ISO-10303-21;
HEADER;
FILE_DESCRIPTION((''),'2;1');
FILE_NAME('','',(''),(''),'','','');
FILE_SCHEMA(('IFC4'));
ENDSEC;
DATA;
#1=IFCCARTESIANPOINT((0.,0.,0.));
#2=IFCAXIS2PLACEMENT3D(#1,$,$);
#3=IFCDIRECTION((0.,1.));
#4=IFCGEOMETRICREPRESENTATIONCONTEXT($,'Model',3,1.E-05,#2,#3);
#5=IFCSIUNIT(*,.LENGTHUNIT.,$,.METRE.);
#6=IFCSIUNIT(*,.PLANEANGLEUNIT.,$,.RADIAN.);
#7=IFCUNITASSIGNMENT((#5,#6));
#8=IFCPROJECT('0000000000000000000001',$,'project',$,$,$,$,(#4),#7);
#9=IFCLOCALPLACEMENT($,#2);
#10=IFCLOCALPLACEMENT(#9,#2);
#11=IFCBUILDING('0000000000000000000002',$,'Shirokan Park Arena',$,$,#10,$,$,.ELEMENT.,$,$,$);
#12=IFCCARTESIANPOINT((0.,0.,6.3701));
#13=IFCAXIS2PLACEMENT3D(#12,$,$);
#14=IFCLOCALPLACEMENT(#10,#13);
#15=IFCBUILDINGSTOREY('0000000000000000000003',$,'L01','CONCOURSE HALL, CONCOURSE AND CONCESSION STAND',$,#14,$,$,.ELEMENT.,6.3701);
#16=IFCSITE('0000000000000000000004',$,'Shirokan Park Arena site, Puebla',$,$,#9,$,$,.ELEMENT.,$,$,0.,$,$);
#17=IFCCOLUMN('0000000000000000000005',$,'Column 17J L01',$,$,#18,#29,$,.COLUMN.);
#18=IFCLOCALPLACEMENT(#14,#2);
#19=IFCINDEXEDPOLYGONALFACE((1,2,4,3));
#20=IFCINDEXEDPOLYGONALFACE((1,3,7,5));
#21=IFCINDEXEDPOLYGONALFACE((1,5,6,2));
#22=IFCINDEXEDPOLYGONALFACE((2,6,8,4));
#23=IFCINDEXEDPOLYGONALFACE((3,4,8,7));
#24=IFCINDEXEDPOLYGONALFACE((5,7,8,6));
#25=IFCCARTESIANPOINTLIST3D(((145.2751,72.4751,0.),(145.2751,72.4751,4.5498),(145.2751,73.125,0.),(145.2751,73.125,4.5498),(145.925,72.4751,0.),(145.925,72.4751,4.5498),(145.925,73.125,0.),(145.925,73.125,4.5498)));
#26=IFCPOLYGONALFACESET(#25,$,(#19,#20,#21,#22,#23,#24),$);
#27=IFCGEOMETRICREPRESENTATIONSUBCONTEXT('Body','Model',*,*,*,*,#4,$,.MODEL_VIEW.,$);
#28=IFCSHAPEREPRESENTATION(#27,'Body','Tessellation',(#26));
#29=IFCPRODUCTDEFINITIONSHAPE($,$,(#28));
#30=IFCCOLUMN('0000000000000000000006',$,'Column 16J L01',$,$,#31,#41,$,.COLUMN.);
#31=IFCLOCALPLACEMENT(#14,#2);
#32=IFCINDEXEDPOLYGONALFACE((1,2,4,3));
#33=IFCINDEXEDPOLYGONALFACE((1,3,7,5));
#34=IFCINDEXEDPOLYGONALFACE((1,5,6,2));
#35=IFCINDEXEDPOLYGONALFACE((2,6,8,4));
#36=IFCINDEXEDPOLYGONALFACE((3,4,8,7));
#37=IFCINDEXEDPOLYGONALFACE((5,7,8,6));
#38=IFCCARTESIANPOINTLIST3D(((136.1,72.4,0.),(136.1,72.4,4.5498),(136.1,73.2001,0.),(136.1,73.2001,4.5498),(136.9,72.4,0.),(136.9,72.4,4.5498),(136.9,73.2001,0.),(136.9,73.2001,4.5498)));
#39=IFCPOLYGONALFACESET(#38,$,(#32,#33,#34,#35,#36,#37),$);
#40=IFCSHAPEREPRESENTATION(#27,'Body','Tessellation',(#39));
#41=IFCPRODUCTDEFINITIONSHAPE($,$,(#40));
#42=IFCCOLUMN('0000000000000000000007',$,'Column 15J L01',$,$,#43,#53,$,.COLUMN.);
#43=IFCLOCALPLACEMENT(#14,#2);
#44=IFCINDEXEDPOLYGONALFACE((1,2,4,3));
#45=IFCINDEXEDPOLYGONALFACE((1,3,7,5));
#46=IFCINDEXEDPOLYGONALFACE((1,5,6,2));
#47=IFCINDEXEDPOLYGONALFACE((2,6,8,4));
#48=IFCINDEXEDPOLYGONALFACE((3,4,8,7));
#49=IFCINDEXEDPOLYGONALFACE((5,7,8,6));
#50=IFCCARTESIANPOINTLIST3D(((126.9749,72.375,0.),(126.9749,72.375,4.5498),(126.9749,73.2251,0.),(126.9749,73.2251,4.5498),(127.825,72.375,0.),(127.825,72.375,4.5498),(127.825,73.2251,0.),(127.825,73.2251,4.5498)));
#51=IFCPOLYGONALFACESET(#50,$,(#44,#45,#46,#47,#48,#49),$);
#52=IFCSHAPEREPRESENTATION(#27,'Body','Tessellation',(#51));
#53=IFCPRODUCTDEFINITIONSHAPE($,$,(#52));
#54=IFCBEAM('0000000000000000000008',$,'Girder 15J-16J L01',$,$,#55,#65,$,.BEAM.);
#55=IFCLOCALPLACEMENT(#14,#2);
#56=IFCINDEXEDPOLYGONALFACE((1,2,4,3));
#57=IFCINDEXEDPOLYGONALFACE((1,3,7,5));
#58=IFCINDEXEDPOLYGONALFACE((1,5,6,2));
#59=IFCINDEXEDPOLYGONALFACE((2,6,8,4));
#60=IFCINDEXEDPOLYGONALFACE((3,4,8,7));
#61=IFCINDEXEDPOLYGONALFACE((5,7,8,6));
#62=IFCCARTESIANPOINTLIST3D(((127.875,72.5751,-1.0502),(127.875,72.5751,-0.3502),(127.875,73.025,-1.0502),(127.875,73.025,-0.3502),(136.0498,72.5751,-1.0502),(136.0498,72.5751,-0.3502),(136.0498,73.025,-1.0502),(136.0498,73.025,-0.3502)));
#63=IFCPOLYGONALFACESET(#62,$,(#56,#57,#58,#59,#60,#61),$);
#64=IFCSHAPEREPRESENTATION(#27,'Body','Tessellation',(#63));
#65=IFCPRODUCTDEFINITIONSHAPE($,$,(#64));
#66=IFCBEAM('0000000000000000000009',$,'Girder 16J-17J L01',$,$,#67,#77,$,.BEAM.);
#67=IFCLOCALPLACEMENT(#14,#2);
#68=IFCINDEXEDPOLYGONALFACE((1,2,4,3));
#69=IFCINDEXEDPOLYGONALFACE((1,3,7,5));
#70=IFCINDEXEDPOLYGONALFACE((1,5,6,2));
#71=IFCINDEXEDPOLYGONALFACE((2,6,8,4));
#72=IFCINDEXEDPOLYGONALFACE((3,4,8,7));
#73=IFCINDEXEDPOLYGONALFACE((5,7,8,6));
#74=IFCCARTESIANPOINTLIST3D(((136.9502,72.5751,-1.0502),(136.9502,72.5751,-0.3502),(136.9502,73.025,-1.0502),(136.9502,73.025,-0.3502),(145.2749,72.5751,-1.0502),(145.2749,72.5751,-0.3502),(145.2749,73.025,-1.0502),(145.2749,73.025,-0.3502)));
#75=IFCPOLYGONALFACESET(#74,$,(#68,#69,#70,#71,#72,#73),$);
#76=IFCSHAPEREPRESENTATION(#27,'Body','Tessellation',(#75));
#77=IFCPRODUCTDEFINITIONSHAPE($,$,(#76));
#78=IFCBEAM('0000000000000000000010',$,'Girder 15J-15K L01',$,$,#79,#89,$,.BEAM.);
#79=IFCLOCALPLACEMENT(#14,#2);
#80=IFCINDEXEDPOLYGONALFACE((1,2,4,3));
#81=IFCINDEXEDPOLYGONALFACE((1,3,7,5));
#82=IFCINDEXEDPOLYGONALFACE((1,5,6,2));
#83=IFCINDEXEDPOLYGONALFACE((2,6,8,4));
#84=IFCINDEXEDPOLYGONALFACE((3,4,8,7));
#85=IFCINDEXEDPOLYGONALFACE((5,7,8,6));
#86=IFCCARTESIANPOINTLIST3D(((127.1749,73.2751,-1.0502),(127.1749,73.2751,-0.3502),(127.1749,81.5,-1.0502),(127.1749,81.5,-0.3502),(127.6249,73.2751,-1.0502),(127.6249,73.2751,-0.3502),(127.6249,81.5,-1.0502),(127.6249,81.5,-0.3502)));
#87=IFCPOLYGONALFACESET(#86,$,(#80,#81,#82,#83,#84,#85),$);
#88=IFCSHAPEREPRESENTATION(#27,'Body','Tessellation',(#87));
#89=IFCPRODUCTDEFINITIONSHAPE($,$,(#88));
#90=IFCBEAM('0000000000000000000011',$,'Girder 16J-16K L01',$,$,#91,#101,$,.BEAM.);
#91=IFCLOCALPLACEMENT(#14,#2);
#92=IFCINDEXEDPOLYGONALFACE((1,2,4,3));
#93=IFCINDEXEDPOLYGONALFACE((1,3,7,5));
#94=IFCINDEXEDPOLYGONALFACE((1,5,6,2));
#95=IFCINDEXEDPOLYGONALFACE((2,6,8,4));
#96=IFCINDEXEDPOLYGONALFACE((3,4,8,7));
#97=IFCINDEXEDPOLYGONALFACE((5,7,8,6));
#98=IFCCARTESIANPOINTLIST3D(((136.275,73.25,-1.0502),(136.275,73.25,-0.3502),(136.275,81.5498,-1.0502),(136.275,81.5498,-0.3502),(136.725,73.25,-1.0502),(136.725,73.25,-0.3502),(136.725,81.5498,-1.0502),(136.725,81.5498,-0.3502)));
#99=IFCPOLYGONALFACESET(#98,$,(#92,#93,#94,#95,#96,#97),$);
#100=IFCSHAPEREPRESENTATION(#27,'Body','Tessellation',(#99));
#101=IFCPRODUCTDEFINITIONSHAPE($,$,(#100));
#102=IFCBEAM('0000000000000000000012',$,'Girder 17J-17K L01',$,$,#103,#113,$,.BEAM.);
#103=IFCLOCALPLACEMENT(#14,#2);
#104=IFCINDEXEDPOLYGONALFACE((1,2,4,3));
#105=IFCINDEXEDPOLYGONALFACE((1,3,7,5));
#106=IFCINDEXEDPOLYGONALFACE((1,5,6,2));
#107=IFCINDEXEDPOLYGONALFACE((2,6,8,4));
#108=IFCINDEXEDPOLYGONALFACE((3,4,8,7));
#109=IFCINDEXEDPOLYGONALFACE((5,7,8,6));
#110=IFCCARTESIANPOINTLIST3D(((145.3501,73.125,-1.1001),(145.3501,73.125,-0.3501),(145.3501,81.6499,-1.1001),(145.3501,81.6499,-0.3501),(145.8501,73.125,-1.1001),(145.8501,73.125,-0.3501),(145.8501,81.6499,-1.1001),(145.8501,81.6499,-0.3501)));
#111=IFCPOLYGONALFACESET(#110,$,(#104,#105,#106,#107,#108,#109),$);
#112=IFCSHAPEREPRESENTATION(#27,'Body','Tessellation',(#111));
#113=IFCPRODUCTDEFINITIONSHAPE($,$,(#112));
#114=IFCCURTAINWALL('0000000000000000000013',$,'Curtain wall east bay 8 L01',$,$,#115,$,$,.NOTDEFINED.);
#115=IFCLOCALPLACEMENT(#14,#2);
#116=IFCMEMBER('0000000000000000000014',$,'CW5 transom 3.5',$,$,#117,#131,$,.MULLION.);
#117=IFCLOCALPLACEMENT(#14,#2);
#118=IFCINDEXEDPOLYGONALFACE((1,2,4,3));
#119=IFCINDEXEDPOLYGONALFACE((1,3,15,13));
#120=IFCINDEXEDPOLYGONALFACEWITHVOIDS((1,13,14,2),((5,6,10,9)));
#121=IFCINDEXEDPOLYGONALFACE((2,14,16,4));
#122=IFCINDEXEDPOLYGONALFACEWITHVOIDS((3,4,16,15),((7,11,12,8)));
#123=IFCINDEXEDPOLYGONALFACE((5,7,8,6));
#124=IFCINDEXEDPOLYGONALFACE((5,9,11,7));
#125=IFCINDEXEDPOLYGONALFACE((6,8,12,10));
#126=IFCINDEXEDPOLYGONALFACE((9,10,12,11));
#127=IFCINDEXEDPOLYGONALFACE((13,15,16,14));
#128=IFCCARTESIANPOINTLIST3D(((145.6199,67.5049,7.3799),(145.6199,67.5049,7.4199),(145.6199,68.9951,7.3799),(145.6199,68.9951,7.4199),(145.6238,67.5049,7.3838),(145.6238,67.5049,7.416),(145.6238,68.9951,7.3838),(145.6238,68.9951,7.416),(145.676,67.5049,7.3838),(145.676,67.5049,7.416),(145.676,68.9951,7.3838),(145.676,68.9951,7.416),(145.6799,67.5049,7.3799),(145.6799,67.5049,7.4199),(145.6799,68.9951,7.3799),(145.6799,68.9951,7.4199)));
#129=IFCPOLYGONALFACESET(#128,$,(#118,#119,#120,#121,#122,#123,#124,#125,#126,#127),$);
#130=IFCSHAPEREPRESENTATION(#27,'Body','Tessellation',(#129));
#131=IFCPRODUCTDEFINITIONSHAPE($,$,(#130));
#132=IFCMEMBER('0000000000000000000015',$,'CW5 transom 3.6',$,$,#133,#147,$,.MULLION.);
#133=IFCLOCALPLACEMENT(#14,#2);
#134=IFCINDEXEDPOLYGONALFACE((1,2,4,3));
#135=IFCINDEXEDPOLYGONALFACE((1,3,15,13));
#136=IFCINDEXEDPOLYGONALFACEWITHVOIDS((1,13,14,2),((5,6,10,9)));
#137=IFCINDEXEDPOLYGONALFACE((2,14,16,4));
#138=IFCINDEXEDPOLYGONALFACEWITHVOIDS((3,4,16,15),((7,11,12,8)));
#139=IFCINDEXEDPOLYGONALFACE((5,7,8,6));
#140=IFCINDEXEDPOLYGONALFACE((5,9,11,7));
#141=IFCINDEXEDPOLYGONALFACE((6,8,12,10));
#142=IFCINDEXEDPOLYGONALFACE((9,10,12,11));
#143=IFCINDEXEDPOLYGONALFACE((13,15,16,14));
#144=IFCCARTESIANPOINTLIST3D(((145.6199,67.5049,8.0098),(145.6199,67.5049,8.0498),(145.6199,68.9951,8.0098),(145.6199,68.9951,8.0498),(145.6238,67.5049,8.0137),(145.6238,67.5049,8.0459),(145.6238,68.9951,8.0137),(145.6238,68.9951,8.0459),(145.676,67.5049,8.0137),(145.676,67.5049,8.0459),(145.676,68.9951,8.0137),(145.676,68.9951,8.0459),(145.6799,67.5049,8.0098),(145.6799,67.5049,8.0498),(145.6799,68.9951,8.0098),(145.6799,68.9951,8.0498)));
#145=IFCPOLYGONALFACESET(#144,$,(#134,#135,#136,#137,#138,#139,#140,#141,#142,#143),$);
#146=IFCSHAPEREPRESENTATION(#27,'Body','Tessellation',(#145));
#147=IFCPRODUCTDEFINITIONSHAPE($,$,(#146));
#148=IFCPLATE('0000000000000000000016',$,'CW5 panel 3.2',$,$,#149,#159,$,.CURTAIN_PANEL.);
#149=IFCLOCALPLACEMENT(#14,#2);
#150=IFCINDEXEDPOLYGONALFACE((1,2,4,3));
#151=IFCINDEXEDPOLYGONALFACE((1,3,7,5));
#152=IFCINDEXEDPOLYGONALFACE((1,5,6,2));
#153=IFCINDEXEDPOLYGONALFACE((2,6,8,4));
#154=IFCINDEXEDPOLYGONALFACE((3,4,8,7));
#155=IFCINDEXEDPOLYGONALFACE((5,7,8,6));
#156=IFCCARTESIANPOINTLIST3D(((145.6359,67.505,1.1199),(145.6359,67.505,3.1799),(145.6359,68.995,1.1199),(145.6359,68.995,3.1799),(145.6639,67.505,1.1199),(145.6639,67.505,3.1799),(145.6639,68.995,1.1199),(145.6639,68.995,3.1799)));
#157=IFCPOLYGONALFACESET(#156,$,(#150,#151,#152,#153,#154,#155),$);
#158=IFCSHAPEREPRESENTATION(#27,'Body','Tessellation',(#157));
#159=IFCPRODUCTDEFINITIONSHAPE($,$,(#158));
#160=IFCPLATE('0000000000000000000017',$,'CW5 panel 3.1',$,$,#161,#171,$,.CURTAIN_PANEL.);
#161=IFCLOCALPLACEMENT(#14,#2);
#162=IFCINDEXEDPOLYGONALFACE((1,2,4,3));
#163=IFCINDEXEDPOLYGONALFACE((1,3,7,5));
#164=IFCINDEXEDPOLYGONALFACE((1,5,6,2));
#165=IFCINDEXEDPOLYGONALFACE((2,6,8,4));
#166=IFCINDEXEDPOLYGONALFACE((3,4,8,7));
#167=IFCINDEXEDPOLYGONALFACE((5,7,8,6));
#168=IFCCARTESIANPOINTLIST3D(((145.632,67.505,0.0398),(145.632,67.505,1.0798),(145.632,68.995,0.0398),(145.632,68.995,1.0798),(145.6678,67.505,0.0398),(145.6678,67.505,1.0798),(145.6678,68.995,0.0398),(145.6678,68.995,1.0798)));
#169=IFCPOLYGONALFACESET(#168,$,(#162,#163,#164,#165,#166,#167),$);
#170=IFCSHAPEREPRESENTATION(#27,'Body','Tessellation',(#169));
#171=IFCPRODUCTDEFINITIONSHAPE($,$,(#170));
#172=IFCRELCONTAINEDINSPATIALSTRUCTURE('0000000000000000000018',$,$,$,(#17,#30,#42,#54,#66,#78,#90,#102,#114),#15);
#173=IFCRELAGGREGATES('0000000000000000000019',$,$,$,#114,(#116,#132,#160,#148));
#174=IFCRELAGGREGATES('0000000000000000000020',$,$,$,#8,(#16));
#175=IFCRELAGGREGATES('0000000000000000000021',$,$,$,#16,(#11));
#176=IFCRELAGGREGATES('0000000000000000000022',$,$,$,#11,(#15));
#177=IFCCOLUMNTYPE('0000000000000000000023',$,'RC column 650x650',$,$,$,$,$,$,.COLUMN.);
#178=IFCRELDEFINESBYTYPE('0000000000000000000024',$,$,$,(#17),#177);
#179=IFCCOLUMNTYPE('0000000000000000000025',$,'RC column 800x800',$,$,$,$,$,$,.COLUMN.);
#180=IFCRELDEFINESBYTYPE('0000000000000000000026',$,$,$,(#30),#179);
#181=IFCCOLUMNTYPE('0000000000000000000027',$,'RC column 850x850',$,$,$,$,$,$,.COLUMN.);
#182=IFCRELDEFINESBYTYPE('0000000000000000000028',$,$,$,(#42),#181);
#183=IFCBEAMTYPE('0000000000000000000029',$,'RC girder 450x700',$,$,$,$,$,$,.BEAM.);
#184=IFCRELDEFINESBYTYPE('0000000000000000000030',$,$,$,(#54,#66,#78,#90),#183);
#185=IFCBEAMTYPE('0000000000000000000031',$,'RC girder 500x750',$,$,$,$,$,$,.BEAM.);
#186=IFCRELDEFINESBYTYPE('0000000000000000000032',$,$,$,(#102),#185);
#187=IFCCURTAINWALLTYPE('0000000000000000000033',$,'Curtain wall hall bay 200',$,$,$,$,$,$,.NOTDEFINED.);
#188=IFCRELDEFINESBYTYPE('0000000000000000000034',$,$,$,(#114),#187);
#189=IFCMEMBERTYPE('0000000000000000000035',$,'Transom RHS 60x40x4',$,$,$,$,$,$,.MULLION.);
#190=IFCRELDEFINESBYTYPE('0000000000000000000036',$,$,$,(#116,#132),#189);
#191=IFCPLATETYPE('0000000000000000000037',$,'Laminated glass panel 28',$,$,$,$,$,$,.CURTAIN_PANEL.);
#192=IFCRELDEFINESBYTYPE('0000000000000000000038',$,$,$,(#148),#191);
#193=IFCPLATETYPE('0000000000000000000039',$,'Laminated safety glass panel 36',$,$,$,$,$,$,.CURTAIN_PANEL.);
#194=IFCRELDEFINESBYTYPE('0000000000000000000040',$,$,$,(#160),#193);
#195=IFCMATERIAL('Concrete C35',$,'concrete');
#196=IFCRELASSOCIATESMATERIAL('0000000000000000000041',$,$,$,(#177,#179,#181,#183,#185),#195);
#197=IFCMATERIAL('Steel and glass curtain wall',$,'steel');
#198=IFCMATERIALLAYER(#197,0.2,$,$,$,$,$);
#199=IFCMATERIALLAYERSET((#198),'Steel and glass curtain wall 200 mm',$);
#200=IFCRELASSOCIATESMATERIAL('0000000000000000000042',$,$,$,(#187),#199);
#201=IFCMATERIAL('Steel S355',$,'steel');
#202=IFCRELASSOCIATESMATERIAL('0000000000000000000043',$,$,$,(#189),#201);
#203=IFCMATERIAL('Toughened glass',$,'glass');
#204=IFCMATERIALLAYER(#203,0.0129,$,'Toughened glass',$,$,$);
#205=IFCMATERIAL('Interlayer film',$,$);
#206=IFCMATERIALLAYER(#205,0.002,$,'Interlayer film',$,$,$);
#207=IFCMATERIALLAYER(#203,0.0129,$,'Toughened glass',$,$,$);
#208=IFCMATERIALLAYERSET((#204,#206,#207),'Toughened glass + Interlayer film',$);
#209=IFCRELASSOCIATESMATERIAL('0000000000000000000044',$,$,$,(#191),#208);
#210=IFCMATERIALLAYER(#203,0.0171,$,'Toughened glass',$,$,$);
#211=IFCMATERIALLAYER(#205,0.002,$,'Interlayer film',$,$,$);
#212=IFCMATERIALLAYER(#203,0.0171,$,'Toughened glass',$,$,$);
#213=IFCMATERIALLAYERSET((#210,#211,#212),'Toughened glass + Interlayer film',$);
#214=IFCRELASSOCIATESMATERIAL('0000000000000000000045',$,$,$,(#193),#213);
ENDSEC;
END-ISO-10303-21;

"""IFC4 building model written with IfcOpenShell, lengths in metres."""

from ifc_helpers import new_model, si_unit, direction, frame, origin, origin_2d, place, context, subcontext, project, spatial, rectangle, hollow_rectangle, extrude, material, layer, layer_set, material_profile, profile_set, type_object, element, aggregate, save


model = new_model("IFC4")

# Units and contexts
model_context = context("Model", 3, precision=1e-05, world=origin(), true_north=direction((0.0, 1.0)))
body_context = subcontext(model_context, "Body", "Model", "MODEL_VIEW")
ifc_project = project(units=[si_unit("LENGTHUNIT", "METRE"), si_unit("PLANEANGLEUNIT", "RADIAN")], contexts=[model_context])

# Site, building, storey
site_placement = place(None, origin())
site = spatial("IfcSite", under=ifc_project, at=site_placement, Name="Shirokan Park Arena site, Puebla", CompositionType="ELEMENT", RefElevation=0.0)
building_placement = place(site_placement, origin())
building = spatial("IfcBuilding", under=site, at=building_placement, Name="Shirokan Park Arena", CompositionType="ELEMENT")
storey_placement = place(building_placement, frame((0.0, 0.0, 6.3701)))
storey = spatial("IfcBuildingStorey", under=building, at=storey_placement, Name="L01", Description="CONCOURSE HALL, CONCOURSE AND CONCESSION STAND", CompositionType="ELEMENT", Elevation=6.3701)

# Columns
ifc_material_1 = material(Name="Concrete C35", Category="concrete")
ifc_material_profile_1 = material_profile(ifc_material_1, rectangle(XDim=0.6499, YDim=0.6499, at=origin_2d()), Name="650x650")
ifc_profile_set_1 = profile_set([ifc_material_profile_1], Name="Concrete C35")
column_type_1 = type_object("IfcColumnType", Name="RC column 650x650", PredefinedType="COLUMN", material=ifc_profile_set_1)
column_1_placement = place(storey_placement, frame((145.6001, 72.8, 0.0), z_axis=(0.0, 0.0, 1.0), x_axis=(1.0, 0.0, 0.0)))
element("IfcColumn", 1, at=column_1_placement, inside=storey, type_object=column_type_1, Name="Column 17J L01", PredefinedType="COLUMN", context=body_context, shape_type="SweptSolid", body=[
    extrude(rectangle(XDim=0.6499, YDim=0.6499, at=origin_2d()), origin(), (0.0, 0.0, 1.0), 4.5498),
])
ifc_material_profile_2 = material_profile(ifc_material_1, rectangle(XDim=0.8, YDim=0.8, at=origin_2d()), Name="800x800")
ifc_profile_set_2 = profile_set([ifc_material_profile_2], Name="Concrete C35")
column_type_2 = type_object("IfcColumnType", Name="RC column 800x800", PredefinedType="COLUMN", material=ifc_profile_set_2)
column_2_placement = place(storey_placement, frame((136.5, 72.8, 0.0), z_axis=(0.0, 0.0, 1.0), x_axis=(1.0, 0.0, 0.0)))
element("IfcColumn", 2, at=column_2_placement, inside=storey, type_object=column_type_2, Name="Column 16J L01", PredefinedType="COLUMN", context=body_context, shape_type="SweptSolid", body=[
    extrude(rectangle(XDim=0.8, YDim=0.8, at=origin_2d()), origin(), (0.0, 0.0, 1.0), 4.5498),
])
ifc_material_profile_3 = material_profile(ifc_material_1, rectangle(XDim=0.8501, YDim=0.8501, at=origin_2d()), Name="850x850")
ifc_profile_set_3 = profile_set([ifc_material_profile_3], Name="Concrete C35")
column_type_3 = type_object("IfcColumnType", Name="RC column 850x850", PredefinedType="COLUMN", material=ifc_profile_set_3)
column_3_placement = place(storey_placement, frame((127.3999, 72.8, 0.0), z_axis=(0.0, 0.0, 1.0), x_axis=(1.0, 0.0, 0.0)))
element("IfcColumn", 3, at=column_3_placement, inside=storey, type_object=column_type_3, Name="Column 15J L01", PredefinedType="COLUMN", context=body_context, shape_type="SweptSolid", body=[
    extrude(rectangle(XDim=0.8501, YDim=0.8501, at=origin_2d()), origin(), (0.0, 0.0, 1.0), 4.5498),
])

# Beams
ifc_material_profile_4 = material_profile(ifc_material_1, rectangle(XDim=0.45, YDim=0.7, at=origin_2d()), Name="450x700")
ifc_profile_set_4 = profile_set([ifc_material_profile_4], Name="Concrete C35")
beam_type_1 = type_object("IfcBeamType", Name="RC girder 450x700", PredefinedType="BEAM", material=ifc_profile_set_4)
beam_1_placement = place(storey_placement, frame((127.875, 72.8, -0.7002), z_axis=(1.0, 0.0, 0.0), x_axis=(0.0, 1.0, 0.0)))
element("IfcBeam", 4, at=beam_1_placement, inside=storey, type_object=beam_type_1, Name="Girder 15J-16J L01", PredefinedType="BEAM", context=body_context, shape_type="SweptSolid", body=[
    extrude(rectangle(XDim=0.45, YDim=0.7, at=origin_2d()), origin(), (0.0, 0.0, 1.0), 8.1748),
])
beam_2_placement = place(storey_placement, frame((136.9502, 72.8, -0.7002), z_axis=(1.0, 0.0, 0.0), x_axis=(0.0, 1.0, 0.0)))
element("IfcBeam", 5, at=beam_2_placement, inside=storey, type_object=beam_type_1, Name="Girder 16J-17J L01", PredefinedType="BEAM", context=body_context, shape_type="SweptSolid", body=[
    extrude(rectangle(XDim=0.45, YDim=0.7, at=origin_2d()), origin(), (0.0, 0.0, 1.0), 8.3247),
])
beam_3_placement = place(storey_placement, frame((127.3999, 73.2751, -0.7002), z_axis=(0.0, 1.0, 0.0), x_axis=(-1.0, 0.0, 0.0)))
element("IfcBeam", 6, at=beam_3_placement, inside=storey, type_object=beam_type_1, Name="Girder 15J-15K L01", PredefinedType="BEAM", context=body_context, shape_type="SweptSolid", body=[
    extrude(rectangle(XDim=0.45, YDim=0.7, at=origin_2d()), origin(), (0.0, 0.0, 1.0), 8.2249),
])
beam_4_placement = place(storey_placement, frame((136.5, 73.25, -0.7002), z_axis=(0.0, 1.0, 0.0), x_axis=(-1.0, 0.0, 0.0)))
element("IfcBeam", 7, at=beam_4_placement, inside=storey, type_object=beam_type_1, Name="Girder 16J-16K L01", PredefinedType="BEAM", context=body_context, shape_type="SweptSolid", body=[
    extrude(rectangle(XDim=0.45, YDim=0.7, at=origin_2d()), origin(), (0.0, 0.0, 1.0), 8.2998),
])
ifc_material_profile_5 = material_profile(ifc_material_1, rectangle(XDim=0.5, YDim=0.75, at=origin_2d()), Name="500x750")
ifc_profile_set_5 = profile_set([ifc_material_profile_5], Name="Concrete C35")
beam_type_2 = type_object("IfcBeamType", Name="RC girder 500x750", PredefinedType="BEAM", material=ifc_profile_set_5)
beam_5_placement = place(storey_placement, frame((145.6001, 73.125, -0.7251), z_axis=(0.0, 1.0, 0.0), x_axis=(-1.0, 0.0, 0.0)))
element("IfcBeam", 8, at=beam_5_placement, inside=storey, type_object=beam_type_2, Name="Girder 17J-17K L01", PredefinedType="BEAM", context=body_context, shape_type="SweptSolid", body=[
    extrude(rectangle(XDim=0.5, YDim=0.75, at=origin_2d()), origin(), (0.0, 0.0, 1.0), 8.5249),
])

# Curtain wall, members, plates
ifc_material_2 = material(Name="Steel and glass curtain wall", Category="steel")
ifc_layer_1 = layer(ifc_material_2, 0.2)
ifc_layer_set_1 = layer_set([ifc_layer_1], Name="Steel and glass curtain wall 200 mm")
curtain_wall_type = type_object("IfcCurtainWallType", Name="Curtain wall hall bay 200", PredefinedType="NOTDEFINED", material=ifc_layer_set_1)
curtain_wall_placement = place(storey_placement, origin())
curtain_wall = element("IfcCurtainWall", 9, at=curtain_wall_placement, inside=storey, type_object=curtain_wall_type, Name="Curtain wall east bay 8 L01", PredefinedType="NOTDEFINED")
ifc_material_3 = material(Name="Steel S355", Category="steel")
ifc_material_profile_6 = material_profile(ifc_material_3, hollow_rectangle(XDim=0.0601, YDim=0.04, WallThickness=0.0039, at=origin_2d()), Name="RHS 60x40x4")
ifc_profile_set_6 = profile_set([ifc_material_profile_6], Name="Steel S355")
member_type = type_object("IfcMemberType", Name="Transom RHS 60x40x4", PredefinedType="MULLION", material=ifc_profile_set_6)
member_1_placement = place(storey_placement, frame((145.6499, 67.5049, 7.3999), z_axis=(0.0, 1.0, 0.0), x_axis=(-1.0, 0.0, 0.0)))
member_1 = element("IfcMember", 10, at=member_1_placement, type_object=member_type, Name="CW5 transom 3.5", PredefinedType="MULLION", context=body_context, shape_type="SweptSolid", body=[
    extrude(hollow_rectangle(XDim=0.0601, YDim=0.04, WallThickness=0.0039, at=origin_2d()), origin(), (0.0, 0.0, 1.0), 1.4902),
])
member_2_placement = place(storey_placement, frame((145.6499, 67.5049, 8.0298), z_axis=(0.0, 1.0, 0.0), x_axis=(-1.0, 0.0, 0.0)))
member_2 = element("IfcMember", 11, at=member_2_placement, type_object=member_type, Name="CW5 transom 3.6", PredefinedType="MULLION", context=body_context, shape_type="SweptSolid", body=[
    extrude(hollow_rectangle(XDim=0.0601, YDim=0.04, WallThickness=0.0039, at=origin_2d()), origin(), (0.0, 0.0, 1.0), 1.4902),
])
ifc_material_4 = material(Name="Toughened glass", Category="glass")
ifc_layer_2 = layer(ifc_material_4, 0.0129, Name="Toughened glass")
ifc_material_5 = material(Name="Interlayer film")
ifc_layer_3 = layer(ifc_material_5, 0.002, Name="Interlayer film")
ifc_layer_4 = layer(ifc_material_4, 0.0129, Name="Toughened glass")
ifc_layer_set_2 = layer_set([ifc_layer_2, ifc_layer_3, ifc_layer_4], Name="Toughened glass + Interlayer film")
plate_type_1 = type_object("IfcPlateType", Name="Laminated glass panel 28", PredefinedType="CURTAIN_PANEL", material=ifc_layer_set_2)
plate_1_placement = place(storey_placement, frame((145.6499, 68.25, 1.1199), z_axis=(0.0, 0.0, 1.0), x_axis=(0.0, 1.0, 0.0)))
plate_1 = element("IfcPlate", 12, at=plate_1_placement, type_object=plate_type_1, Name="CW5 panel 3.2", PredefinedType="CURTAIN_PANEL", context=body_context, shape_type="SweptSolid", body=[
    extrude(rectangle(XDim=1.49, YDim=0.0281, at=origin_2d()), origin(), (0.0, 0.0, 1.0), 2.0601),
])
ifc_layer_5 = layer(ifc_material_4, 0.0171, Name="Toughened glass")
ifc_layer_6 = layer(ifc_material_5, 0.002, Name="Interlayer film")
ifc_layer_7 = layer(ifc_material_4, 0.0171, Name="Toughened glass")
ifc_layer_set_3 = layer_set([ifc_layer_5, ifc_layer_6, ifc_layer_7], Name="Toughened glass + Interlayer film")
plate_type_2 = type_object("IfcPlateType", Name="Laminated safety glass panel 36", PredefinedType="CURTAIN_PANEL", material=ifc_layer_set_3)
plate_2_placement = place(storey_placement, frame((145.6499, 68.25, 0.0398), z_axis=(0.0, 0.0, 1.0), x_axis=(0.0, 1.0, 0.0)))
plate_2 = element("IfcPlate", 13, at=plate_2_placement, type_object=plate_type_2, Name="CW5 panel 3.1", PredefinedType="CURTAIN_PANEL", context=body_context, shape_type="SweptSolid", body=[
    extrude(rectangle(XDim=1.49, YDim=0.0359, at=origin_2d()), origin(), (0.0, 0.0, 1.0), 1.04),
])
aggregate(curtain_wall, [member_1, member_2, plate_2, plate_1])

save(model, "model.ifc")
